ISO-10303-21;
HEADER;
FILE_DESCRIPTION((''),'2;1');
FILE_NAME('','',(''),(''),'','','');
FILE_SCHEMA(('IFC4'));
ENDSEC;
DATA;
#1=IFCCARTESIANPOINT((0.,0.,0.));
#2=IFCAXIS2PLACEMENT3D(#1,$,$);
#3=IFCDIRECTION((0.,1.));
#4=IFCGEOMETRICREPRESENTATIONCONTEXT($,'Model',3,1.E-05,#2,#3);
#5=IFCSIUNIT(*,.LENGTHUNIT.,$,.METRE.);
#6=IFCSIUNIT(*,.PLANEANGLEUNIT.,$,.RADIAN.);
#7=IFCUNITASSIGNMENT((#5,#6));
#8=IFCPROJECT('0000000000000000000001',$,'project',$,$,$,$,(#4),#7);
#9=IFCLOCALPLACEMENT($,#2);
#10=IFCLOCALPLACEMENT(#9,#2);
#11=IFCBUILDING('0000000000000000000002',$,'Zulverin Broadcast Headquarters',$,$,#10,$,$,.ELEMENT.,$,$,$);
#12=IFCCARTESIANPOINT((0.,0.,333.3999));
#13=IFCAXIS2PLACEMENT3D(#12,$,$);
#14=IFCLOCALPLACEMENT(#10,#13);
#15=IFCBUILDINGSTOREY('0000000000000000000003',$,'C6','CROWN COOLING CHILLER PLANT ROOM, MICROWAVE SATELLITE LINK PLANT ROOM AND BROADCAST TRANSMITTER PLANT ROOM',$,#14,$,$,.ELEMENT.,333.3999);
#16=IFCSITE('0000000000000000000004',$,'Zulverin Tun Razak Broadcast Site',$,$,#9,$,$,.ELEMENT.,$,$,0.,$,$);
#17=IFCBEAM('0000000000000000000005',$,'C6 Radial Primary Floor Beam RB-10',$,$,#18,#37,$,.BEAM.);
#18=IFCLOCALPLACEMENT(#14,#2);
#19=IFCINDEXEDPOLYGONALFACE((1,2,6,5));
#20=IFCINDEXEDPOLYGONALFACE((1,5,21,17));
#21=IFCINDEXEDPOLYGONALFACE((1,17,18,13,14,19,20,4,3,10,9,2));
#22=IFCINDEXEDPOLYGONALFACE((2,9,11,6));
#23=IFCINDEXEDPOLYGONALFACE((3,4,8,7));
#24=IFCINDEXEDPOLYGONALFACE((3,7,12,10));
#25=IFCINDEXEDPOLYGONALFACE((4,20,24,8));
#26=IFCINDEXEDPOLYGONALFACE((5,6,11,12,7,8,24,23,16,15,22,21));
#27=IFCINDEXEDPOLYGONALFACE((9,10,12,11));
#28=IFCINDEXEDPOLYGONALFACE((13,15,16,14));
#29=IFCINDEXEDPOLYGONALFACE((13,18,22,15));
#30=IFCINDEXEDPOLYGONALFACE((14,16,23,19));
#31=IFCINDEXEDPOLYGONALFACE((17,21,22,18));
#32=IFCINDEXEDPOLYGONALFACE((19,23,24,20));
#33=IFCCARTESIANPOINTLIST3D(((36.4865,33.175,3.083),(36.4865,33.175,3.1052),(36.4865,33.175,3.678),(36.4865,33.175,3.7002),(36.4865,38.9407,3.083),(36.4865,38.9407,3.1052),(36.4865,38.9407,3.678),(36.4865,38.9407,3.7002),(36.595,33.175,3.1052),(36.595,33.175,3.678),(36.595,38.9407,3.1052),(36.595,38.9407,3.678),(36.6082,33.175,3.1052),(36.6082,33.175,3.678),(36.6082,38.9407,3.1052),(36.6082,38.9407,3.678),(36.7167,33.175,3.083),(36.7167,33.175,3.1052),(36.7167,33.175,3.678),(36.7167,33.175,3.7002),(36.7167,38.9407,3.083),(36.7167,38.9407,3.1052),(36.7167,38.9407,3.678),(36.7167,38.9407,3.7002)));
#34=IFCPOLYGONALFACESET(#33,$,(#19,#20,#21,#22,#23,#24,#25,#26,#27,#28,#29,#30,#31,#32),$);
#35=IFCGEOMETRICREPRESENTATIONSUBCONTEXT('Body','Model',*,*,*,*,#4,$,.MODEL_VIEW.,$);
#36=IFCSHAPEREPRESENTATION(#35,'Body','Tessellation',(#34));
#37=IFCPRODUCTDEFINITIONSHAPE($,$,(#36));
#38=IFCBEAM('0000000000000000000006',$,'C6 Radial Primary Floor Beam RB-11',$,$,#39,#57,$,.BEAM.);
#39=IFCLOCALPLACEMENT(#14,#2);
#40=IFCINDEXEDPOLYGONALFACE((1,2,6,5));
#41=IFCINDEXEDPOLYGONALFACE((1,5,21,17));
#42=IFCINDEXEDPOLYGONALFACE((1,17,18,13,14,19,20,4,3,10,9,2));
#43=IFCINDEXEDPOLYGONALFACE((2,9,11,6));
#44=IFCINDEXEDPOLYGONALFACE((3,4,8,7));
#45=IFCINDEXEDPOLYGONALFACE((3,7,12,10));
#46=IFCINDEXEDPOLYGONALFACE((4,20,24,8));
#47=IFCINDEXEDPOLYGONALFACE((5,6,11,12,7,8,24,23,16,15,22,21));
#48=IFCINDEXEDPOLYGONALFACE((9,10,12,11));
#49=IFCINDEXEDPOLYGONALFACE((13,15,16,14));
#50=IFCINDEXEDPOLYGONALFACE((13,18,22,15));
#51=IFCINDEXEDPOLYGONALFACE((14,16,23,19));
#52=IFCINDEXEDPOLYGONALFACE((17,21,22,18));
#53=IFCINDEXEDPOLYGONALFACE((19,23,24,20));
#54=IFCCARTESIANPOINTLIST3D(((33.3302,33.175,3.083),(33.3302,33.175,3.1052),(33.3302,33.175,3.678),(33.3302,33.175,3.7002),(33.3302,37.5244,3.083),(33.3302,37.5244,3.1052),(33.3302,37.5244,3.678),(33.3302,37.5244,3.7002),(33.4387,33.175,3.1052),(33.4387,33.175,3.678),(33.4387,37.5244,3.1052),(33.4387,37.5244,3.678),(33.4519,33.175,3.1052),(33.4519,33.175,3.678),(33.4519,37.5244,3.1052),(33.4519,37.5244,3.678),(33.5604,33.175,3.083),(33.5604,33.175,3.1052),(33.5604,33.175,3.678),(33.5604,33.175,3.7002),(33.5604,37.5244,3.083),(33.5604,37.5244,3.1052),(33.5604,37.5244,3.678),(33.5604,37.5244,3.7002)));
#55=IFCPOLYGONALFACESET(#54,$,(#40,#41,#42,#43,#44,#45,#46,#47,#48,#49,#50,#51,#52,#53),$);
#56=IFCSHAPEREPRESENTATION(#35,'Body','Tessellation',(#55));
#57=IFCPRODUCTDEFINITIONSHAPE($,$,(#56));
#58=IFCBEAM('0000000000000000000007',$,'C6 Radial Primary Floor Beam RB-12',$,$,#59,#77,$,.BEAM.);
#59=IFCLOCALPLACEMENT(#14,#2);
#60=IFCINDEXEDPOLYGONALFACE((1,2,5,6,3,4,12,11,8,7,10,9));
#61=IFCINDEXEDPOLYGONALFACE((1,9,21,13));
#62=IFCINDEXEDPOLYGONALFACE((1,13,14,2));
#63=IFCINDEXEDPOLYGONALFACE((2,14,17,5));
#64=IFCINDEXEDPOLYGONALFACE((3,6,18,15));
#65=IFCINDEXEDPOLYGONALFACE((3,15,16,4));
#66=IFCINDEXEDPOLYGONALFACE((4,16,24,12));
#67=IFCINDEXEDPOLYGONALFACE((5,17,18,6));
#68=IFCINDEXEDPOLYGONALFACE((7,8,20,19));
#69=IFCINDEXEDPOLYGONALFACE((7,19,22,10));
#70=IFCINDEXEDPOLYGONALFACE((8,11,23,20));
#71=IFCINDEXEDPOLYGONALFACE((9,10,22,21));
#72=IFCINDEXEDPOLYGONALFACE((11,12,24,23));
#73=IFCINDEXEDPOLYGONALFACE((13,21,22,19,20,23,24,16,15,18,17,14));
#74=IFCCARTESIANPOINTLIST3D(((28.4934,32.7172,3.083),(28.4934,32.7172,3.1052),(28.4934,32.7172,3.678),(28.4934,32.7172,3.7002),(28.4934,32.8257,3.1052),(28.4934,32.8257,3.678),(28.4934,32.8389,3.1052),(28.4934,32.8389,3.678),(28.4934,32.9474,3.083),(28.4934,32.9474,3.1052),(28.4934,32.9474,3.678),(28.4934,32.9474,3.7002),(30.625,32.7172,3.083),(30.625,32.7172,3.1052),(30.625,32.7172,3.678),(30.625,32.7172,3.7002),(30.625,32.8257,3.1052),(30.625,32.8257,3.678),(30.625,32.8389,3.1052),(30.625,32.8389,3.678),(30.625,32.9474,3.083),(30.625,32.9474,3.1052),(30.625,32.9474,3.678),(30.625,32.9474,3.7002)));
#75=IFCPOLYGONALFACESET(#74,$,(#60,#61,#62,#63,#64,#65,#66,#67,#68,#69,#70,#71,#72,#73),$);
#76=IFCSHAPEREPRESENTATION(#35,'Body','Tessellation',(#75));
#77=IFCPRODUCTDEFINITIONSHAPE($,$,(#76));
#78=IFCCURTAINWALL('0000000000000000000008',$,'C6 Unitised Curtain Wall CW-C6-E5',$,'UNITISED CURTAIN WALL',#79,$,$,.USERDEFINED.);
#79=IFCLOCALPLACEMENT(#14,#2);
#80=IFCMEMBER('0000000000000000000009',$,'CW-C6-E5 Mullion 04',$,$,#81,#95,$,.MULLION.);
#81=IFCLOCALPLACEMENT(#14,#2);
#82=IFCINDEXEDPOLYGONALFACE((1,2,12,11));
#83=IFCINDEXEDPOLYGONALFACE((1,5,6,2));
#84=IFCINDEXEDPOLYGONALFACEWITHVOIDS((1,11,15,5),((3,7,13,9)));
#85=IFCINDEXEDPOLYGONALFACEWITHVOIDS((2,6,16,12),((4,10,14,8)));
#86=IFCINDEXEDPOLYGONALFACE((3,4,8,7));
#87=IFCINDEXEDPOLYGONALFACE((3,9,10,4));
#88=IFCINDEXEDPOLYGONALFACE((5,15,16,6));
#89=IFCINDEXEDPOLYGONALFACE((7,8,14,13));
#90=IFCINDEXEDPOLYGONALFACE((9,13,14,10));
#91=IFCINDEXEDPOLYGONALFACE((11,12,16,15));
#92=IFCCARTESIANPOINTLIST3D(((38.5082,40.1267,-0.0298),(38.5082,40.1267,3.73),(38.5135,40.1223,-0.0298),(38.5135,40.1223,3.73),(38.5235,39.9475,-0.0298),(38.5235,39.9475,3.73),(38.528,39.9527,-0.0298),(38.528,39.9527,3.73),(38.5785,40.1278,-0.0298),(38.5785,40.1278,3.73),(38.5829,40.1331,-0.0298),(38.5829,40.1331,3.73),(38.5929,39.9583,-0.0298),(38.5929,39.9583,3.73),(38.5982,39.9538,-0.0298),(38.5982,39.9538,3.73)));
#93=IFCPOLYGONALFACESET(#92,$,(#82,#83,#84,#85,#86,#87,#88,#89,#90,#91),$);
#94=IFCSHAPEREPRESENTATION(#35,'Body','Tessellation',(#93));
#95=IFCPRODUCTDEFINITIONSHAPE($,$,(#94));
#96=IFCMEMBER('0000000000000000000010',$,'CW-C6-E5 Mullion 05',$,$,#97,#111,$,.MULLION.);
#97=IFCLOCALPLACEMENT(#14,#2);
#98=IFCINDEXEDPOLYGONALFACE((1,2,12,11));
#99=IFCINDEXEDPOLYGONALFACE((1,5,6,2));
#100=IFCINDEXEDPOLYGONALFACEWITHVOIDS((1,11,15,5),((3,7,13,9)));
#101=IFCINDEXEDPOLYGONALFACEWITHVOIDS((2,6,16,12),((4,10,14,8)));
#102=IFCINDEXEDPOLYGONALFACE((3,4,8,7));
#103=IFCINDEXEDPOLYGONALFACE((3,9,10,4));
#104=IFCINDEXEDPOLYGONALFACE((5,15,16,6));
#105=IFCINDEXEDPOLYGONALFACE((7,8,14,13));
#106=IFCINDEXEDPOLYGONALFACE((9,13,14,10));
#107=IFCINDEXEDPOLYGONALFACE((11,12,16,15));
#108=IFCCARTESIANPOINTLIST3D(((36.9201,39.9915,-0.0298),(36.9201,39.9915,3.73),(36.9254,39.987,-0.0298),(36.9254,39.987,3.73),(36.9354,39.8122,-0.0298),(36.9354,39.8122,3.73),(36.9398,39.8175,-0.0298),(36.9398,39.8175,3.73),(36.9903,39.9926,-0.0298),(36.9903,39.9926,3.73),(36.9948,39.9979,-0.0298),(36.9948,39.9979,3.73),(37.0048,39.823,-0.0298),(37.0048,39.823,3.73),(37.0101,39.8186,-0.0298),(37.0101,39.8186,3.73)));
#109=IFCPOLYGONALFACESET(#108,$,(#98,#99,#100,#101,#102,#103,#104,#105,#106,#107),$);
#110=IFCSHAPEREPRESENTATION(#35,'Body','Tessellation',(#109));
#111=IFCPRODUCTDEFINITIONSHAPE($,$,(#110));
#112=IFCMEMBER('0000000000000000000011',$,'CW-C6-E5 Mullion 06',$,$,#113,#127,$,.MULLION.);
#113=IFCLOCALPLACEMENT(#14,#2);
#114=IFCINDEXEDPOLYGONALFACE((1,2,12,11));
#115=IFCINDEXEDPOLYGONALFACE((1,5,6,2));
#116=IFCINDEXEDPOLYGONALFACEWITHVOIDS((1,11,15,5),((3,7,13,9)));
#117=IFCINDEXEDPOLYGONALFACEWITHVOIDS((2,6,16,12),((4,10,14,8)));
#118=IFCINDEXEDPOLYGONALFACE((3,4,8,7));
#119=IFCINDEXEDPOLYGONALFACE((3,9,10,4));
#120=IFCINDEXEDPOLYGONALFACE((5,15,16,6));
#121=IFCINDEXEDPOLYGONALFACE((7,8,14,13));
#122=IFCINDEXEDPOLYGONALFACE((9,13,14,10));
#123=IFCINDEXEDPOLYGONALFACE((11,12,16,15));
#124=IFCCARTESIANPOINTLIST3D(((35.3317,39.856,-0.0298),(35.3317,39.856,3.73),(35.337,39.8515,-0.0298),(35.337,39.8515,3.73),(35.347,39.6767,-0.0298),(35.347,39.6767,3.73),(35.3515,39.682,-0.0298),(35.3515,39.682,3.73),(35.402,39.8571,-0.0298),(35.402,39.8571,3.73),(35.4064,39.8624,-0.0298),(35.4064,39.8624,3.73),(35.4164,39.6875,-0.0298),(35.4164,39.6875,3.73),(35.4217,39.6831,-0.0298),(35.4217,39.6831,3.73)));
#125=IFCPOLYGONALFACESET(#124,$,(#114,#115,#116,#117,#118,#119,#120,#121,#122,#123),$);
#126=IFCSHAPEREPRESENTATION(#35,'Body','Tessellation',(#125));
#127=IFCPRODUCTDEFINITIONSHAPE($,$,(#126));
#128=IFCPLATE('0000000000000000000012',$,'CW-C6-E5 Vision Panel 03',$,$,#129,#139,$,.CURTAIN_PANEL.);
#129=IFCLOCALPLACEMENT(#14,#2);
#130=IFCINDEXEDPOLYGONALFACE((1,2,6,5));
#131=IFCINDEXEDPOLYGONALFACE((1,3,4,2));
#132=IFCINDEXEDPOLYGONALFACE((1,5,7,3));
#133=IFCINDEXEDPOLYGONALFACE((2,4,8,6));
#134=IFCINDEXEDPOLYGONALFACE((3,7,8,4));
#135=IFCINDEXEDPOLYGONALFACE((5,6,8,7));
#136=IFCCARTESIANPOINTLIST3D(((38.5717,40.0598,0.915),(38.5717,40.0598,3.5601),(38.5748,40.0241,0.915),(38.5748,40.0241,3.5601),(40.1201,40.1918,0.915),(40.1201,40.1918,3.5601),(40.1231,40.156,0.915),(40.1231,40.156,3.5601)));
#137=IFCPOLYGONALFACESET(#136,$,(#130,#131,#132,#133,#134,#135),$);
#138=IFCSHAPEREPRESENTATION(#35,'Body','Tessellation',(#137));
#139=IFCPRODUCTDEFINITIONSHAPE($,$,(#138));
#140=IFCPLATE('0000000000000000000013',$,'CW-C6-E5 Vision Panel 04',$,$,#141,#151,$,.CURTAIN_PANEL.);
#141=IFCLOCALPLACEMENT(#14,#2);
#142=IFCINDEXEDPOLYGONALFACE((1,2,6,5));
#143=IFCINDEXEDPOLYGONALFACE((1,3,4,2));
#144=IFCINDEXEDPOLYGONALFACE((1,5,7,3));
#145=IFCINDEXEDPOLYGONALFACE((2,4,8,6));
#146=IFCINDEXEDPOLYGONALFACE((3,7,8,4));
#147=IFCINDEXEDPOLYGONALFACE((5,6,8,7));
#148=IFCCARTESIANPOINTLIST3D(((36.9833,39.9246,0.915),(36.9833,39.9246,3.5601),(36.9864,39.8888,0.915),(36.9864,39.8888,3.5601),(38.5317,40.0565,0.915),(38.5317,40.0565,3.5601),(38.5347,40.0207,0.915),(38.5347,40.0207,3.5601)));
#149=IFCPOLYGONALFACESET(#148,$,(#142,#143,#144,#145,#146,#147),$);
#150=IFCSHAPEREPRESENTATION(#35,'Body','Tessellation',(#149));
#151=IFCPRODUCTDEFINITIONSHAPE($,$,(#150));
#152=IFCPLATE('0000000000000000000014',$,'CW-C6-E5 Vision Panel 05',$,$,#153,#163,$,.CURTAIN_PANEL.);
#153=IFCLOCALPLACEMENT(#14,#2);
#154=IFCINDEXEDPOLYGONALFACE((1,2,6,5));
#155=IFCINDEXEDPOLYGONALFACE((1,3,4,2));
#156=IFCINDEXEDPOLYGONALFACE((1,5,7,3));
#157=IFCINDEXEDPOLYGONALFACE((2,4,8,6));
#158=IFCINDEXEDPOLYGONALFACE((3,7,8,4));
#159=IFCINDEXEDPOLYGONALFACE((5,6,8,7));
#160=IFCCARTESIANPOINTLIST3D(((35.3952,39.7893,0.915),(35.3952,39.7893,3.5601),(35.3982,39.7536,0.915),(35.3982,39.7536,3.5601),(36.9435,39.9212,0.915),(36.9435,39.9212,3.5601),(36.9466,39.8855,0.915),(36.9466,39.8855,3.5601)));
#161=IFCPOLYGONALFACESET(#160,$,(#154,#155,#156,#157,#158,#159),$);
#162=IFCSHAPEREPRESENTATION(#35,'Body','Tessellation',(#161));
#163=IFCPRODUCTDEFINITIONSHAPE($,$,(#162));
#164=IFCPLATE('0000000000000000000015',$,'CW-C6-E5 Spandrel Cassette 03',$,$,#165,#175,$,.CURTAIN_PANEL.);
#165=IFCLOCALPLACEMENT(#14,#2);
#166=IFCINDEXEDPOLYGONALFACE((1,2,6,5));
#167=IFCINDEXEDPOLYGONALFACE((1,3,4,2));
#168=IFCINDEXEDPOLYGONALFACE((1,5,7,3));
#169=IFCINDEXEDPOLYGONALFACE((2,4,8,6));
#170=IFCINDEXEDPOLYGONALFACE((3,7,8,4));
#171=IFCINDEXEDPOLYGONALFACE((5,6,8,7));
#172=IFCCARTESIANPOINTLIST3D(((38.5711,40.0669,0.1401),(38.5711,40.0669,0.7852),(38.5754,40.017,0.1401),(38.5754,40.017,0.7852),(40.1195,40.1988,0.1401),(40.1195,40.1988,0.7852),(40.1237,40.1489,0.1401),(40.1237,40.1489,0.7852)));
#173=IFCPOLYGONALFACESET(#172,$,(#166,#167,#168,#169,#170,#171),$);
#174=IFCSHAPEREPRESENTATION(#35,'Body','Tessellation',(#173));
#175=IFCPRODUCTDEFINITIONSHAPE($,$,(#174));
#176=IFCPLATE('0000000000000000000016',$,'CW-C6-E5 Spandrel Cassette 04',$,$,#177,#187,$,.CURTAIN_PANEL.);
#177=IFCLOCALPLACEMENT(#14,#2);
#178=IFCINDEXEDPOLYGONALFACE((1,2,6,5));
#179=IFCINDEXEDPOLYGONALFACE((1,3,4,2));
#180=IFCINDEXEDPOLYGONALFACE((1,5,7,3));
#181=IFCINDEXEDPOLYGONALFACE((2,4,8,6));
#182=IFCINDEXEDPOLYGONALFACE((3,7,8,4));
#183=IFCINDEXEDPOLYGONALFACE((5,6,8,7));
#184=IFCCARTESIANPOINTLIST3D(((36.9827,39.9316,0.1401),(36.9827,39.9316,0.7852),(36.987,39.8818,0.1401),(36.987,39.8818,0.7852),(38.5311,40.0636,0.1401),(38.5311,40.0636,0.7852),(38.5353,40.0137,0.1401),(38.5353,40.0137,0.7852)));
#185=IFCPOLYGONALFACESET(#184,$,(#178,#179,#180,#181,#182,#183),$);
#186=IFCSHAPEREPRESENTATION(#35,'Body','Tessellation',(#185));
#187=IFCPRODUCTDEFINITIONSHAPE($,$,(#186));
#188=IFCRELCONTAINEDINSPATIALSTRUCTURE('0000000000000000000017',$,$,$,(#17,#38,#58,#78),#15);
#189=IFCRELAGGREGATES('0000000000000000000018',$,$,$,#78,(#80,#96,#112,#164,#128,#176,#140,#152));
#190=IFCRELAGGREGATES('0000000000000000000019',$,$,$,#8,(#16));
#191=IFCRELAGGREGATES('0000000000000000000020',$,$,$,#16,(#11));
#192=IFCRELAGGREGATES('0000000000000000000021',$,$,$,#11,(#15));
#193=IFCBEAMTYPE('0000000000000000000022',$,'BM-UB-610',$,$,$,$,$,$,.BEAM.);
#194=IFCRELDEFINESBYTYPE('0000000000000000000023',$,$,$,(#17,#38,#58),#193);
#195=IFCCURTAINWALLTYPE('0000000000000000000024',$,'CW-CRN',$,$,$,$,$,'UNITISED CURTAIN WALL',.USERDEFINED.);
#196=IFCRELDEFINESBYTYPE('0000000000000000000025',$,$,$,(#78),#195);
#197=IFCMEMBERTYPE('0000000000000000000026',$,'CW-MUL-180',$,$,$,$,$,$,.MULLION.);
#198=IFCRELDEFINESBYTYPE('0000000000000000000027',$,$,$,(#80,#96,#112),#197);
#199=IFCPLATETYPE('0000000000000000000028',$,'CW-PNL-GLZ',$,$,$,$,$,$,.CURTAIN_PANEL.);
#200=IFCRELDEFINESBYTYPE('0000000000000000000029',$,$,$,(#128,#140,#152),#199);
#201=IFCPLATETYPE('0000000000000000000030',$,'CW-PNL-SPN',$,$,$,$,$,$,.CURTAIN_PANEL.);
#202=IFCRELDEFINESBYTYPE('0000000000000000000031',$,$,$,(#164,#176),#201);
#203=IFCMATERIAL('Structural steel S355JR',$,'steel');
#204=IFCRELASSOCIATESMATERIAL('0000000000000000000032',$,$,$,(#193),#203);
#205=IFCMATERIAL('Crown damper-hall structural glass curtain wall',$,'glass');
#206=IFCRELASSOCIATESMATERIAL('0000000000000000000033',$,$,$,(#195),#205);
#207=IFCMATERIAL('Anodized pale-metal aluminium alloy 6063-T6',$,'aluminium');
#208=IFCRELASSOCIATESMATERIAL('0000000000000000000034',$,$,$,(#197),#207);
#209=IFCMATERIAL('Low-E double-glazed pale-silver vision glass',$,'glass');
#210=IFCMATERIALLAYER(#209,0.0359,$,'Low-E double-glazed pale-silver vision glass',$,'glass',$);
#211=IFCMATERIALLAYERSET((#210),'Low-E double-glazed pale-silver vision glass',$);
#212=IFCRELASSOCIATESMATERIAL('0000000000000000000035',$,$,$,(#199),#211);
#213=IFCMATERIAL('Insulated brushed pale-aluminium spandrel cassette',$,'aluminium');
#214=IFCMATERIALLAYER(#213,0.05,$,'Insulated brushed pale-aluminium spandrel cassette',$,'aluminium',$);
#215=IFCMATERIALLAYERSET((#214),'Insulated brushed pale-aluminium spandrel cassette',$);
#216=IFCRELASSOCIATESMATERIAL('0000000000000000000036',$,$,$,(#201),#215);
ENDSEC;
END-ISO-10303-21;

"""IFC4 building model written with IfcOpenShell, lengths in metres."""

from ifc_helpers import new_model, si_unit, direction, frame, origin, origin_2d, place, context, subcontext, project, spatial, rectangle, hollow_rectangle, i_section, extrude, material, layer, layer_set, material_profile, profile_set, type_object, element, aggregate, save


model = new_model("IFC4")

# Units and contexts
model_context = context("Model", 3, precision=1e-05, world=origin(), true_north=direction((0.0, 1.0)))
body_context = subcontext(model_context, "Body", "Model", "MODEL_VIEW")
ifc_project = project(units=[si_unit("LENGTHUNIT", "METRE"), si_unit("PLANEANGLEUNIT", "RADIAN")], contexts=[model_context])

# Site, building, storey
site_placement = place(None, origin())
site = spatial("IfcSite", under=ifc_project, at=site_placement, Name="Zulverin Tun Razak Broadcast Site", CompositionType="ELEMENT", RefElevation=0.0)
building_placement = place(site_placement, origin())
building = spatial("IfcBuilding", under=site, at=building_placement, Name="Zulverin Broadcast Headquarters", CompositionType="ELEMENT")
storey_placement = place(building_placement, frame((0.0, 0.0, 333.3999)))
storey = spatial("IfcBuildingStorey", under=building, at=storey_placement, Name="C6", Description="CROWN COOLING CHILLER PLANT ROOM, MICROWAVE SATELLITE LINK PLANT ROOM AND BROADCAST TRANSMITTER PLANT ROOM", CompositionType="ELEMENT", Elevation=333.3999)

# Shared definitions
ifc_material_1 = material(Name="Structural steel S355JR", Category="steel")

# Beams
ifc_material_profile_1 = material_profile(ifc_material_1, i_section(OverallWidth=0.2302, OverallDepth=0.6172, WebThickness=0.0132, FlangeThickness=0.0222, at=origin_2d()), Name="Structural steel S355JR", Category="steel")
ifc_profile_set_1 = profile_set([ifc_material_profile_1], Name="Structural steel S355JR")
beam_type_1 = type_object("IfcBeamType", Name="BM-UB-610", PredefinedType="BEAM", material=ifc_profile_set_1)
beam_1_placement = place(storey_placement, frame((36.6016, 33.175, 3.3916), z_axis=(0.0, 1.0, 0.0), x_axis=(-1.0, 0.0, 0.0)))
element("IfcBeam", 1, at=beam_1_placement, inside=storey, type_object=beam_type_1, Name="C6 Radial Primary Floor Beam RB-10", PredefinedType="BEAM", context=body_context, shape_type="SweptSolid", body=[
    extrude(i_section(OverallWidth=0.2302, OverallDepth=0.6172, WebThickness=0.0132, FlangeThickness=0.0222, at=origin_2d()), origin(), (0.0, 0.0, 1.0), 5.7656),
])
beam_2_placement = place(storey_placement, frame((33.4453, 33.175, 3.3916), z_axis=(0.0, 1.0, 0.0), x_axis=(-1.0, 0.0, 0.0)))
element("IfcBeam", 2, at=beam_2_placement, inside=storey, type_object=beam_type_1, Name="C6 Radial Primary Floor Beam RB-11", PredefinedType="BEAM", context=body_context, shape_type="SweptSolid", body=[
    extrude(i_section(OverallWidth=0.2302, OverallDepth=0.6172, WebThickness=0.0132, FlangeThickness=0.0222, at=origin_2d()), origin(), (0.0, 0.0, 1.0), 4.3494),
])
beam_3_placement = place(storey_placement, frame((30.625, 32.8323, 3.3916), z_axis=(-1.0, 0.0, 0.0), x_axis=(0.0, -1.0, 0.0)))
element("IfcBeam", 3, at=beam_3_placement, inside=storey, type_object=beam_type_1, Name="C6 Radial Primary Floor Beam RB-12", PredefinedType="BEAM", context=body_context, shape_type="SweptSolid", body=[
    extrude(i_section(OverallWidth=0.2302, OverallDepth=0.6172, WebThickness=0.0132, FlangeThickness=0.0222, at=origin_2d()), origin(), (0.0, 0.0, 1.0), 2.1316),
])

# Curtain wall, members, plates
ifc_material_2 = material(Name="Crown damper-hall structural glass curtain wall", Category="glass")
curtain_wall_type = type_object("IfcCurtainWallType", Name="CW-CRN", ElementType="UNITISED CURTAIN WALL", PredefinedType="USERDEFINED", material=ifc_material_2)
curtain_wall_placement = place(storey_placement, origin())
curtain_wall = element("IfcCurtainWall", 4, at=curtain_wall_placement, inside=storey, type_object=curtain_wall_type, Name="C6 Unitised Curtain Wall CW-C6-E5", ObjectType="UNITISED CURTAIN WALL", PredefinedType="USERDEFINED")
ifc_material_3 = material(Name="Anodized pale-metal aluminium alloy 6063-T6", Category="aluminium")
ifc_material_profile_2 = material_profile(ifc_material_3, hollow_rectangle(XDim=0.075, YDim=0.1799, WallThickness=0.0049, at=origin_2d()), Name="Anodized pale-metal aluminium alloy 6063-T6", Category="aluminium")
ifc_profile_set_2 = profile_set([ifc_material_profile_2], Name="Anodized pale-metal aluminium alloy 6063-T6")
member_type = type_object("IfcMemberType", Name="CW-MUL-180", PredefinedType="MULLION", material=ifc_profile_set_2)
member_1_placement = place(storey_placement, frame((38.5532, 40.0403, -0.0298), z_axis=(0.0, 0.0, 1.0), x_axis=(-0.996389, -0.0849, 0.0)))
member_1 = element("IfcMember", 5, at=member_1_placement, type_object=member_type, Name="CW-C6-E5 Mullion 04", PredefinedType="MULLION", context=body_context, shape_type="SweptSolid", body=[
    extrude(hollow_rectangle(XDim=0.075, YDim=0.1799, WallThickness=0.0049, at=origin_2d()), origin(), (0.0, 0.0, 1.0), 3.7598),
])
member_2_placement = place(storey_placement, frame((36.9651, 39.905, -0.0298), z_axis=(0.0, 0.0, 1.0), x_axis=(-0.996389, -0.0849, 0.0)))
member_2 = element("IfcMember", 6, at=member_2_placement, type_object=member_type, Name="CW-C6-E5 Mullion 05", PredefinedType="MULLION", context=body_context, shape_type="SweptSolid", body=[
    extrude(hollow_rectangle(XDim=0.075, YDim=0.1799, WallThickness=0.0049, at=origin_2d()), origin(), (0.0, 0.0, 1.0), 3.7598),
])
member_3_placement = place(storey_placement, frame((35.3767, 39.7695, -0.0298), z_axis=(0.0, 0.0, 1.0), x_axis=(-0.996389, -0.0849, 0.0)))
member_3 = element("IfcMember", 7, at=member_3_placement, type_object=member_type, Name="CW-C6-E5 Mullion 06", PredefinedType="MULLION", context=body_context, shape_type="SweptSolid", body=[
    extrude(hollow_rectangle(XDim=0.075, YDim=0.1799, WallThickness=0.0049, at=origin_2d()), origin(), (0.0, 0.0, 1.0), 3.7598),
])
ifc_material_4 = material(Name="Low-E double-glazed pale-silver vision glass", Category="glass")
ifc_layer_1 = layer(ifc_material_4, 0.0359, Name="Low-E double-glazed pale-silver vision glass", Category="glass")
ifc_layer_set_1 = layer_set([ifc_layer_1], Name="Low-E double-glazed pale-silver vision glass")
plate_type_1 = type_object("IfcPlateType", Name="CW-PNL-GLZ", PredefinedType="CURTAIN_PANEL", material=ifc_layer_set_1)
plate_1_placement = place(storey_placement, frame((39.3474, 40.1079, 0.915), z_axis=(0.0, 0.0, 1.0), x_axis=(-0.996389, -0.0849, 0.0)))
plate_1 = element("IfcPlate", 8, at=plate_1_placement, type_object=plate_type_1, Name="CW-C6-E5 Vision Panel 03", PredefinedType="CURTAIN_PANEL", context=body_context, shape_type="SweptSolid", body=[
    extrude(rectangle(XDim=1.554, YDim=0.0359, at=origin_2d()), origin(), (0.0, 0.0, 1.0), 2.645),
])
plate_2_placement = place(storey_placement, frame((37.759, 39.9727, 0.915), z_axis=(0.0, 0.0, 1.0), x_axis=(-0.996389, -0.0849, 0.0)))
plate_2 = element("IfcPlate", 9, at=plate_2_placement, type_object=plate_type_1, Name="CW-C6-E5 Vision Panel 04", PredefinedType="CURTAIN_PANEL", context=body_context, shape_type="SweptSolid", body=[
    extrude(rectangle(XDim=1.554, YDim=0.0359, at=origin_2d()), origin(), (0.0, 0.0, 1.0), 2.645),
])
plate_3_placement = place(storey_placement, frame((36.1709, 39.8374, 0.915), z_axis=(0.0, 0.0, 1.0), x_axis=(-0.996389, -0.0849, 0.0)))
plate_3 = element("IfcPlate", 10, at=plate_3_placement, type_object=plate_type_1, Name="CW-C6-E5 Vision Panel 05", PredefinedType="CURTAIN_PANEL", context=body_context, shape_type="SweptSolid", body=[
    extrude(rectangle(XDim=1.554, YDim=0.0359, at=origin_2d()), origin(), (0.0, 0.0, 1.0), 2.645),
])
ifc_material_5 = material(Name="Insulated brushed pale-aluminium spandrel cassette", Category="aluminium")
ifc_layer_2 = layer(ifc_material_5, 0.05, Name="Insulated brushed pale-aluminium spandrel cassette", Category="aluminium")
ifc_layer_set_2 = layer_set([ifc_layer_2], Name="Insulated brushed pale-aluminium spandrel cassette")
plate_type_2 = type_object("IfcPlateType", Name="CW-PNL-SPN", PredefinedType="CURTAIN_PANEL", material=ifc_layer_set_2)
plate_4_placement = place(storey_placement, frame((39.3474, 40.1079, 0.1401), z_axis=(0.0, 0.0, 1.0), x_axis=(-0.996389, -0.0849, 0.0)))
plate_4 = element("IfcPlate", 11, at=plate_4_placement, type_object=plate_type_2, Name="CW-C6-E5 Spandrel Cassette 03", PredefinedType="CURTAIN_PANEL", context=body_context, shape_type="SweptSolid", body=[
    extrude(rectangle(XDim=1.554, YDim=0.05, at=origin_2d()), origin(), (0.0, 0.0, 1.0), 0.645),
])
plate_5_placement = place(storey_placement, frame((37.759, 39.9727, 0.1401), z_axis=(0.0, 0.0, 1.0), x_axis=(-0.996389, -0.0849, 0.0)))
plate_5 = element("IfcPlate", 12, at=plate_5_placement, type_object=plate_type_2, Name="CW-C6-E5 Spandrel Cassette 04", PredefinedType="CURTAIN_PANEL", context=body_context, shape_type="SweptSolid", body=[
    extrude(rectangle(XDim=1.554, YDim=0.05, at=origin_2d()), origin(), (0.0, 0.0, 1.0), 0.645),
])
aggregate(curtain_wall, [member_1, member_2, member_3, plate_4, plate_1, plate_5, plate_2, plate_3])

save(model, "model.ifc")
